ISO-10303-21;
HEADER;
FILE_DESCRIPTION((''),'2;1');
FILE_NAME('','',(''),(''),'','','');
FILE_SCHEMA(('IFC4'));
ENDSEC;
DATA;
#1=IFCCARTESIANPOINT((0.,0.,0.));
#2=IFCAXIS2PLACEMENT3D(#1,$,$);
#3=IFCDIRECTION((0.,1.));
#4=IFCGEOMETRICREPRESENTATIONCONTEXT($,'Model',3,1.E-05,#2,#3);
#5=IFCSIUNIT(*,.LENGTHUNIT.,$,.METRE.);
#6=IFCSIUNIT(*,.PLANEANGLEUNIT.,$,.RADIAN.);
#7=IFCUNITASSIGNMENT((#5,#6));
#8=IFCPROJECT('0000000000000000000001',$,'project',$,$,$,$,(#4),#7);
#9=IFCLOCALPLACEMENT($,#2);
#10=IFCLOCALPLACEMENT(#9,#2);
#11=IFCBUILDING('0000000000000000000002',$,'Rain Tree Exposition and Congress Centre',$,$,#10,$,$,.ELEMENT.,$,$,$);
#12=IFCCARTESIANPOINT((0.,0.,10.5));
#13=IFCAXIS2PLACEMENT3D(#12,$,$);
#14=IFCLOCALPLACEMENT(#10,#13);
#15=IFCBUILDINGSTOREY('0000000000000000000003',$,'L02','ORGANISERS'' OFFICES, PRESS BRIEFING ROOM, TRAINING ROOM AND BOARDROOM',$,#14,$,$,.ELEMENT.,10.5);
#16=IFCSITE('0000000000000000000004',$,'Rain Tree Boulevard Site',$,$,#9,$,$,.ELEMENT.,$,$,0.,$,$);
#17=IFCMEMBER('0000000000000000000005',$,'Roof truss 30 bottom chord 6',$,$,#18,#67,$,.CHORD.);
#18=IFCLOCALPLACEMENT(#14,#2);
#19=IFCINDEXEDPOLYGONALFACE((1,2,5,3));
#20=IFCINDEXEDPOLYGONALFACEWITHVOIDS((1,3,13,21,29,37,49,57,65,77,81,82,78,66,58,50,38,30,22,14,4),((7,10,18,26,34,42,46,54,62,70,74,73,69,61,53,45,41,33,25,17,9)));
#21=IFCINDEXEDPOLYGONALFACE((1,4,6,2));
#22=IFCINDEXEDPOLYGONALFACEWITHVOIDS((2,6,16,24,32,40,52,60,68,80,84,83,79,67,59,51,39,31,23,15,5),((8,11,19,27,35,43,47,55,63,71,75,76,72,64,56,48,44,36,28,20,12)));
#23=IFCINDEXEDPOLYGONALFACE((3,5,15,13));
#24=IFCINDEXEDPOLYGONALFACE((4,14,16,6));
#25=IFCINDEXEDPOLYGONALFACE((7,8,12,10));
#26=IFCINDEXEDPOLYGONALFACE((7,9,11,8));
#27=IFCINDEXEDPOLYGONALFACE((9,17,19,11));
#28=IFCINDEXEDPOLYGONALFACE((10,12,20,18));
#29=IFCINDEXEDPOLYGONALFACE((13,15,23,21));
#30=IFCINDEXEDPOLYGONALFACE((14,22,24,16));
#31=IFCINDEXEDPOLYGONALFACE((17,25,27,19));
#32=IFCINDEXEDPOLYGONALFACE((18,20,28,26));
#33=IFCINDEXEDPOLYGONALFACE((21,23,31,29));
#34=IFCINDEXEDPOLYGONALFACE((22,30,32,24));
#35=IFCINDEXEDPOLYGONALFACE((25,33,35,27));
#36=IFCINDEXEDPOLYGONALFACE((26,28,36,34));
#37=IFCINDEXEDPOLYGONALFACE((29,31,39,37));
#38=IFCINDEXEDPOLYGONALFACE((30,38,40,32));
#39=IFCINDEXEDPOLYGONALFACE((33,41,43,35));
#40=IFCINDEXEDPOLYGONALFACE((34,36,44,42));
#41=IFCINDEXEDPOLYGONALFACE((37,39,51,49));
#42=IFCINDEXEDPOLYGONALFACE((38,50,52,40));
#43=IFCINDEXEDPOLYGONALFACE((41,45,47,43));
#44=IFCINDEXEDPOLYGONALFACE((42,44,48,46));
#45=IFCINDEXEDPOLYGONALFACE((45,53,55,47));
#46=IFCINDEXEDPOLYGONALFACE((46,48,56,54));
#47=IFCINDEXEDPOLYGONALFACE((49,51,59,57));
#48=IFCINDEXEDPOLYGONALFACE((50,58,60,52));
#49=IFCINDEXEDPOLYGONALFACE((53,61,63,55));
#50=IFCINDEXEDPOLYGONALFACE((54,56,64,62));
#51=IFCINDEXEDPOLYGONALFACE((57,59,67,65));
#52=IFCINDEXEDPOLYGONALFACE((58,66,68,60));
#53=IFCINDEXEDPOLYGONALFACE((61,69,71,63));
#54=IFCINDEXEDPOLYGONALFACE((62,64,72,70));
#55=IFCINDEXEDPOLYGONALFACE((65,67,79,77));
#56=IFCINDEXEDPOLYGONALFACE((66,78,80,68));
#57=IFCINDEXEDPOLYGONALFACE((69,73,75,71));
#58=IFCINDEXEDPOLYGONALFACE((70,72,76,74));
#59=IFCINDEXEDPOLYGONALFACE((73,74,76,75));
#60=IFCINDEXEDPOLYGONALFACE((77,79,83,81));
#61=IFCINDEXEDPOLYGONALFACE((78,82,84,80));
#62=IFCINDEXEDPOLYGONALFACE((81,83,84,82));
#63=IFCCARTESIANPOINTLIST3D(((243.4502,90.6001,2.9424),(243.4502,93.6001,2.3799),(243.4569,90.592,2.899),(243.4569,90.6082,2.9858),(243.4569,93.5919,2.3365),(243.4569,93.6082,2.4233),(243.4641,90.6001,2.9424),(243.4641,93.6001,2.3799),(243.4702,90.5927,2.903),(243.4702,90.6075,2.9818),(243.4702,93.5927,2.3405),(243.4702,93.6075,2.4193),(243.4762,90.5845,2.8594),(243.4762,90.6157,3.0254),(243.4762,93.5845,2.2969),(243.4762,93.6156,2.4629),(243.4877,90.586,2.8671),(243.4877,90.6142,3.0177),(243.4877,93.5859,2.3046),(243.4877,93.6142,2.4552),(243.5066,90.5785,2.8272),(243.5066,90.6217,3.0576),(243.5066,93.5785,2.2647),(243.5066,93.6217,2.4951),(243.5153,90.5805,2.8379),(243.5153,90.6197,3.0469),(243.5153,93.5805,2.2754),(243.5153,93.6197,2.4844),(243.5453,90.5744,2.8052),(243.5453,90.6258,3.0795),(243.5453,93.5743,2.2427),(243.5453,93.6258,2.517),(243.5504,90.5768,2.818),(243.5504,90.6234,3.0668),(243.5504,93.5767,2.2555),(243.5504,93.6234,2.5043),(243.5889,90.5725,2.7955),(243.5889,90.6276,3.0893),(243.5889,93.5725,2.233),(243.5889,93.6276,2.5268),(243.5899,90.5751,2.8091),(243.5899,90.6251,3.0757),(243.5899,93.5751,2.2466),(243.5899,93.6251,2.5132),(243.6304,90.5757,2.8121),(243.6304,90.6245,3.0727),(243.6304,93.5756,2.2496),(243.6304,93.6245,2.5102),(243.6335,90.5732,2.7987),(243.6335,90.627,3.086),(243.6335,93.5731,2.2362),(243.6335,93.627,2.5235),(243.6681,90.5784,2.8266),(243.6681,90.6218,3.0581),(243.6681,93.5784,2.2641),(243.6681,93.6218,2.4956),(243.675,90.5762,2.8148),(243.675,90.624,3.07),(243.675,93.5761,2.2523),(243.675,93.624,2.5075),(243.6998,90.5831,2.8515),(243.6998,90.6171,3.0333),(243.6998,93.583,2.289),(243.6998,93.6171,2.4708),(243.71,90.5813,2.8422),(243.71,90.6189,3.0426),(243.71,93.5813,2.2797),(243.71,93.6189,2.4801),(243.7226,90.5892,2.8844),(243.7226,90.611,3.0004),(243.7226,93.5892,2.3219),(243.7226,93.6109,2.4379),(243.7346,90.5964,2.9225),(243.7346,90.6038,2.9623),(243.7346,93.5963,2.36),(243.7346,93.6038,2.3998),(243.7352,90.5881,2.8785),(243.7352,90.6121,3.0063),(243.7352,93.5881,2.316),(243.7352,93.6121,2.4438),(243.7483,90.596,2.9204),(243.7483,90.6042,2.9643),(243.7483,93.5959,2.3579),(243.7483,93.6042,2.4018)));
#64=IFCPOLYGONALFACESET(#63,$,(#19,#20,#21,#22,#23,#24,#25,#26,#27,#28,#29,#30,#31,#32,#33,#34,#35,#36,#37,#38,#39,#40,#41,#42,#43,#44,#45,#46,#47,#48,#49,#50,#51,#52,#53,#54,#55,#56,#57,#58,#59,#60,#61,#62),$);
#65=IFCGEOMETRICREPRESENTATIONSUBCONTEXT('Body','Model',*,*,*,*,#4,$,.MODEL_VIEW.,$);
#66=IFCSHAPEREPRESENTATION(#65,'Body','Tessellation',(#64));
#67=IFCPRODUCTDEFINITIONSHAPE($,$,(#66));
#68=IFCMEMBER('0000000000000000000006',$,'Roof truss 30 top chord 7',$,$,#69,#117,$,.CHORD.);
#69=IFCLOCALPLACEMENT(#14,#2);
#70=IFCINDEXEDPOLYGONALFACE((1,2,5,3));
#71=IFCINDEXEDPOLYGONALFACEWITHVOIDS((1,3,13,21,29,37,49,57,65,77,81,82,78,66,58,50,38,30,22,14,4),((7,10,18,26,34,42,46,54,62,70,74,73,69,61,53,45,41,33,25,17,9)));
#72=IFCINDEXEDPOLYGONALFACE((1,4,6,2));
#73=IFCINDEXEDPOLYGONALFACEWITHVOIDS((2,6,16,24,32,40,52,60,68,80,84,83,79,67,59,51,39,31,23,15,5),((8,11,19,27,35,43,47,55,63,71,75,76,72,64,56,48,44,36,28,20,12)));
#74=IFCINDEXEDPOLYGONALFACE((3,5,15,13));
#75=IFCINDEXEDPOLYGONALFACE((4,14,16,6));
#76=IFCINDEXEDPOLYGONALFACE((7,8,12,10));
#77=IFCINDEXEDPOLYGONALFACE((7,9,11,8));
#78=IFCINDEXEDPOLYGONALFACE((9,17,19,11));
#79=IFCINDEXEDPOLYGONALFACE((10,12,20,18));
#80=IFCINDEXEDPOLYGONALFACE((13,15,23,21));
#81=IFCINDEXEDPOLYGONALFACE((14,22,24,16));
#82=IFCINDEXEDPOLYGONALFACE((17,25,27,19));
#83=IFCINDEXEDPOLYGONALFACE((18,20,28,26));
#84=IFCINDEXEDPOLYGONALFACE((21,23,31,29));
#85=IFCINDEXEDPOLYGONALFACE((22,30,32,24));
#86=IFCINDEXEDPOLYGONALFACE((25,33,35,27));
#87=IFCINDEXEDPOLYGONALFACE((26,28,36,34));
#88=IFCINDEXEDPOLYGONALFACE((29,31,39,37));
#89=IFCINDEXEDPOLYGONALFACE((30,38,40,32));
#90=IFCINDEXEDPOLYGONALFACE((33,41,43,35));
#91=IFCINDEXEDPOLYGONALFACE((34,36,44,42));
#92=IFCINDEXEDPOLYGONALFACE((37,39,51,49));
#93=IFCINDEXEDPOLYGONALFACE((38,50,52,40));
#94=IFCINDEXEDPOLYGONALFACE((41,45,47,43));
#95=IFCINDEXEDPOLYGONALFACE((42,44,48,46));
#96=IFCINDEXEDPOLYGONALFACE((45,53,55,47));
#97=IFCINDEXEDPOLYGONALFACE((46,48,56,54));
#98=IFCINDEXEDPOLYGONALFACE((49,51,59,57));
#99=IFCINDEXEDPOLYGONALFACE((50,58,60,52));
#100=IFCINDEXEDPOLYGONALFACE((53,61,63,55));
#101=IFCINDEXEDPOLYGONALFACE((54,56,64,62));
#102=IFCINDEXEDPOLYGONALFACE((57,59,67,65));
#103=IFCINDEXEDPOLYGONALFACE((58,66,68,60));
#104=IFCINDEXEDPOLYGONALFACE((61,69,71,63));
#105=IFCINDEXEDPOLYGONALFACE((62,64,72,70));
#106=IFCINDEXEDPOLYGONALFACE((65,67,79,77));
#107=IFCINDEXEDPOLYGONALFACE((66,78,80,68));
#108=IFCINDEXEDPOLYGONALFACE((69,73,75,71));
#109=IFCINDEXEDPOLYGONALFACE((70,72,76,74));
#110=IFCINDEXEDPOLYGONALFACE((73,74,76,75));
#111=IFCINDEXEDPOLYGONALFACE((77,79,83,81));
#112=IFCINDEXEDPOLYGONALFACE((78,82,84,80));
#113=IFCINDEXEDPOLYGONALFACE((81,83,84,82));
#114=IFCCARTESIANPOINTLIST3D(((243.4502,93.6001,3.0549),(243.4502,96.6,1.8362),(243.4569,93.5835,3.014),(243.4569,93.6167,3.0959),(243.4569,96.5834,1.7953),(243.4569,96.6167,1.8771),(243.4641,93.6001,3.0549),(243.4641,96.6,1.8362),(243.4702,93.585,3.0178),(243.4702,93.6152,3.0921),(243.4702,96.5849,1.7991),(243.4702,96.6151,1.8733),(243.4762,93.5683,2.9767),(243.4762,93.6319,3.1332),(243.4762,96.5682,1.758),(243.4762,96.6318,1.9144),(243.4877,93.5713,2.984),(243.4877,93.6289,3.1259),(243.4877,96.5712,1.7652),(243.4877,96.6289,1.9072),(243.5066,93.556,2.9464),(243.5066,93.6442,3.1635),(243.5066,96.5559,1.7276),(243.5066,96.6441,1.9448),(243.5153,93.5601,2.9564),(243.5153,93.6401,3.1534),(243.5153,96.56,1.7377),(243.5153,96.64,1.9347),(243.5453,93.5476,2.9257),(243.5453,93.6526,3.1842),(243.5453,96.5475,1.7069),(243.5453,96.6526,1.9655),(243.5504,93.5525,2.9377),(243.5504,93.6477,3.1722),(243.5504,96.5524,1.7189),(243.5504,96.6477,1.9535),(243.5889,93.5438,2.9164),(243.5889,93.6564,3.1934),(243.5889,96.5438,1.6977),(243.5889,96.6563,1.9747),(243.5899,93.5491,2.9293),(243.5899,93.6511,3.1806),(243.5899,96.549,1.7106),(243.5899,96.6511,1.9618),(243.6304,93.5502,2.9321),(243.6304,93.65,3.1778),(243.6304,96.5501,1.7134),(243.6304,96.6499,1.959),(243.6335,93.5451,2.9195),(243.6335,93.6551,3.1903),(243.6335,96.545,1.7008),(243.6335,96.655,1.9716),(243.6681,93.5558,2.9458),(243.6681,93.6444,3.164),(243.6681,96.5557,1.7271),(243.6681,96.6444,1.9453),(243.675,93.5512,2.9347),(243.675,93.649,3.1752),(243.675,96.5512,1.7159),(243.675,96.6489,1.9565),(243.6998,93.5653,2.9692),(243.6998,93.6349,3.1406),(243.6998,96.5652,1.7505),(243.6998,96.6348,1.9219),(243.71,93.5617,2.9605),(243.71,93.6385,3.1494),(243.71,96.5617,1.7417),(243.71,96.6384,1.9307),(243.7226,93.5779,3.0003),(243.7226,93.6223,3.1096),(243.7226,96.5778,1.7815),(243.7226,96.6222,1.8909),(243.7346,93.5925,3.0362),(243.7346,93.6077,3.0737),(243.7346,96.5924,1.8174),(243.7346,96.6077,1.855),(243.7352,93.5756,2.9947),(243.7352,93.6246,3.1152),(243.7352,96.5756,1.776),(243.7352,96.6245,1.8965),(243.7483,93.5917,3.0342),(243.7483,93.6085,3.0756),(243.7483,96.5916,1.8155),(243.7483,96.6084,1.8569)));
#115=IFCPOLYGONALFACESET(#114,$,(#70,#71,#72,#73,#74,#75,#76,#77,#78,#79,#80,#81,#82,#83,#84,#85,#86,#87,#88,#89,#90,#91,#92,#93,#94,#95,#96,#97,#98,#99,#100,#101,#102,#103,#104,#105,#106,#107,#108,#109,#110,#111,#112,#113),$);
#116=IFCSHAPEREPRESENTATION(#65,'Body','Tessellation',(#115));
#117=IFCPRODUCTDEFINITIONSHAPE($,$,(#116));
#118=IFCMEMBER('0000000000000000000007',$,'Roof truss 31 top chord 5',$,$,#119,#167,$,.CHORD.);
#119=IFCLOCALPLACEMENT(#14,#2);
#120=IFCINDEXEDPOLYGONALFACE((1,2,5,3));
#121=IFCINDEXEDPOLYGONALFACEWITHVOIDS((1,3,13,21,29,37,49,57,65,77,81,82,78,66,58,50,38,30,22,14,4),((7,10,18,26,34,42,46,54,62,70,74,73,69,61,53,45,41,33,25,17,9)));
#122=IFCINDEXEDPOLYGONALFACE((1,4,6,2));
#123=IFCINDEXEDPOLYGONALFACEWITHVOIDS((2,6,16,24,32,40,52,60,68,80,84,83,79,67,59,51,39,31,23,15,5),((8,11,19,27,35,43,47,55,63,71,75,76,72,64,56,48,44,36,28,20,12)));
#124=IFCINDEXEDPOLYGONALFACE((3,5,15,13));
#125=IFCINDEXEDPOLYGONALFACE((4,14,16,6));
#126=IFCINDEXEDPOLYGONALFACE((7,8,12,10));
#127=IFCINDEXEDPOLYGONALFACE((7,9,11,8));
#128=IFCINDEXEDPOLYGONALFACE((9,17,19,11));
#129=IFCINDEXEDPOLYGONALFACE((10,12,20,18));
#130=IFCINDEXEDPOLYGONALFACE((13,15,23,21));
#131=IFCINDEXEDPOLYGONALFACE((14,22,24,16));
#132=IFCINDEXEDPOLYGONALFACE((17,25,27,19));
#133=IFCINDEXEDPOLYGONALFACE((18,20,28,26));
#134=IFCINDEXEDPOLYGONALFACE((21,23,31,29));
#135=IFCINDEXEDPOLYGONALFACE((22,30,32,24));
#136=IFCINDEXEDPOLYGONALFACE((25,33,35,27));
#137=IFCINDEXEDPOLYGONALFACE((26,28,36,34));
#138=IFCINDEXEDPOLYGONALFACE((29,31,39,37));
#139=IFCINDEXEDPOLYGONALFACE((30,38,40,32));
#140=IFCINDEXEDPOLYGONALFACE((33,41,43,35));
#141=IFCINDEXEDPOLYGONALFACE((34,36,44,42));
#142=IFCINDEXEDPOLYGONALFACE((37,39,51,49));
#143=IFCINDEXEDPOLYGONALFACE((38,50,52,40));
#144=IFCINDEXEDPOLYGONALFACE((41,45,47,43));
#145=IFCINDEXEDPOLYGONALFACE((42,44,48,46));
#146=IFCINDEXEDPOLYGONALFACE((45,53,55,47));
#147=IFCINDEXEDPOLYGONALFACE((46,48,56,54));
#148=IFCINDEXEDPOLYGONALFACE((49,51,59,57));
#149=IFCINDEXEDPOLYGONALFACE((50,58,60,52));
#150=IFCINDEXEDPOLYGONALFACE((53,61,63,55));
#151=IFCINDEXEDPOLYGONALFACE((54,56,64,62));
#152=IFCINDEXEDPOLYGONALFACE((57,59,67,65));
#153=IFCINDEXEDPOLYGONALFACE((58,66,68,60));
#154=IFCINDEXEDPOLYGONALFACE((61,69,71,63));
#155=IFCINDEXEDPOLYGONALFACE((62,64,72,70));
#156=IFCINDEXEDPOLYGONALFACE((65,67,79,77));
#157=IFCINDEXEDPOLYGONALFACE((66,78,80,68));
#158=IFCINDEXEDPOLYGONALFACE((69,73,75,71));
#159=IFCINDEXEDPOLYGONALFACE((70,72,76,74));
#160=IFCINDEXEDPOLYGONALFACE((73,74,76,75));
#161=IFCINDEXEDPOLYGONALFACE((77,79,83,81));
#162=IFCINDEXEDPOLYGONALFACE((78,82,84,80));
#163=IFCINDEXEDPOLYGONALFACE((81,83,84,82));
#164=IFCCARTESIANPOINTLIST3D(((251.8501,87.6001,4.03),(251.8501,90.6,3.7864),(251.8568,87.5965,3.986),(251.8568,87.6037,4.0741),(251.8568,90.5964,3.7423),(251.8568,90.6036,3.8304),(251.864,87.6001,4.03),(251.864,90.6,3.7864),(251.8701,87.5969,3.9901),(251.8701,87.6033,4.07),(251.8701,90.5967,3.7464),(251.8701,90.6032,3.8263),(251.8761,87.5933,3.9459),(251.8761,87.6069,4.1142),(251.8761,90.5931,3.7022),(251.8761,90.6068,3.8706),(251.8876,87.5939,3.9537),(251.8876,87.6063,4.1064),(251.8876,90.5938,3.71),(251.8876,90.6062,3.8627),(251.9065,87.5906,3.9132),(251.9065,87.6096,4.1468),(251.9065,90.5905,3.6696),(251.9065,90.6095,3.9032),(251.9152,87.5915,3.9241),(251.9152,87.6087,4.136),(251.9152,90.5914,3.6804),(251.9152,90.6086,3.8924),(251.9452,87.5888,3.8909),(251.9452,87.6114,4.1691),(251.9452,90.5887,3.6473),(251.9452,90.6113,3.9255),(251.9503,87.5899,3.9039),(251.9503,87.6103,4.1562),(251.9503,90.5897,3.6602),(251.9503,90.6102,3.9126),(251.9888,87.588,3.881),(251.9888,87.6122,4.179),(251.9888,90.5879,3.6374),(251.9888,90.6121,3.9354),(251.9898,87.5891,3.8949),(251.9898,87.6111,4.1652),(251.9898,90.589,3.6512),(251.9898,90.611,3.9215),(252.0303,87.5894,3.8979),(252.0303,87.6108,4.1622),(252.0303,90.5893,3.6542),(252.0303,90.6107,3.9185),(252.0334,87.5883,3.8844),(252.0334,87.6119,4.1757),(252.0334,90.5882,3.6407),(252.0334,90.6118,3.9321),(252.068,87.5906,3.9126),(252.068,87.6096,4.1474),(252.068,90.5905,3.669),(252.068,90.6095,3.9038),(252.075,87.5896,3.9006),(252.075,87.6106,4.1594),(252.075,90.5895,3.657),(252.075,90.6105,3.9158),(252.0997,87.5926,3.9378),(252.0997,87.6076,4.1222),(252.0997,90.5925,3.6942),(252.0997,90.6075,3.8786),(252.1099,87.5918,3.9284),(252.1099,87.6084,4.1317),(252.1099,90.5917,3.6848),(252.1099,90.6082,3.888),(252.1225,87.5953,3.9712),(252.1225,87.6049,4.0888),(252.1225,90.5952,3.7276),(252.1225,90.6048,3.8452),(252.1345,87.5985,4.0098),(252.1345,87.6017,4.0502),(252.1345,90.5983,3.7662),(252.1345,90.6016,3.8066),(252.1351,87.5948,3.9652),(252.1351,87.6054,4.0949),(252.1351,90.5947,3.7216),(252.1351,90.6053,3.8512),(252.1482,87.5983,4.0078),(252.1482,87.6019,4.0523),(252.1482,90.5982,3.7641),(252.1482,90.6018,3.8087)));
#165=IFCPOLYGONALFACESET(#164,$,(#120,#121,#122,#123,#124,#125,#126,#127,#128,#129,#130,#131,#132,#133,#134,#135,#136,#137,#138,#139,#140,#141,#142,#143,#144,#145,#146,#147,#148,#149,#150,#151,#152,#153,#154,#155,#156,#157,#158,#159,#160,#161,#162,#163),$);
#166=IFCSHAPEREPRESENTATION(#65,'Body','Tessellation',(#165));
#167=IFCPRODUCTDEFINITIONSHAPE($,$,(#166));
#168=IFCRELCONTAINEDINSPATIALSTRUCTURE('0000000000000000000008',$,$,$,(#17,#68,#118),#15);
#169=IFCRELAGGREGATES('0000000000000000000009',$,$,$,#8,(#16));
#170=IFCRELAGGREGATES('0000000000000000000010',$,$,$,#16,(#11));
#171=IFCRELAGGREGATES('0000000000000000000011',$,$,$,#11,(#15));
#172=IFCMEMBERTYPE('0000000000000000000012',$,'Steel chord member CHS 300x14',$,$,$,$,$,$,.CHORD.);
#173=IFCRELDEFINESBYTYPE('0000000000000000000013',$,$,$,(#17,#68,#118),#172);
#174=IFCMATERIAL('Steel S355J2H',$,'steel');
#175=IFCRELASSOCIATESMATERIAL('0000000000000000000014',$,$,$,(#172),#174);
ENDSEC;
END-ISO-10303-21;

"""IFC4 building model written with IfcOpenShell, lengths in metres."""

from ifc_helpers import new_model, si_unit, direction, frame, origin, origin_2d, place, context, subcontext, project, spatial, hollow_circle, extrude, material, material_profile, profile_set, type_object, element, save


model = new_model("IFC4")

# Units and contexts
model_context = context("Model", 3, precision=1e-05, world=origin(), true_north=direction((0.0, 1.0)))
body_context = subcontext(model_context, "Body", "Model", "MODEL_VIEW")
ifc_project = project(units=[si_unit("LENGTHUNIT", "METRE"), si_unit("PLANEANGLEUNIT", "RADIAN")], contexts=[model_context])

# Site, building, storey
site_placement = place(None, origin())
site = spatial("IfcSite", under=ifc_project, at=site_placement, Name="Rain Tree Boulevard Site", CompositionType="ELEMENT", RefElevation=0.0)
building_placement = place(site_placement, origin())
building = spatial("IfcBuilding", under=site, at=building_placement, Name="Rain Tree Exposition and Congress Centre", CompositionType="ELEMENT")
storey_placement = place(building_placement, frame((0.0, 0.0, 10.5)))
storey = spatial("IfcBuildingStorey", under=building, at=storey_placement, Name="L02", Description="ORGANISERS' OFFICES, PRESS BRIEFING ROOM, TRAINING ROOM AND BOARDROOM", CompositionType="ELEMENT", Elevation=10.5)

# Members
ifc_material_1 = material(Name="Steel S355J2H", Category="steel")
ifc_material_profile_1 = material_profile(ifc_material_1, hollow_circle(Radius=0.1499, WallThickness=0.0139, at=origin_2d()), Name="CHS 300x14")
ifc_profile_set_1 = profile_set([ifc_material_profile_1], Name="Steel S355J2H")
member_type_1 = type_object("IfcMemberType", Name="Steel chord member CHS 300x14", PredefinedType="CHORD", material=ifc_profile_set_1)
member_1_placement = place(storey_placement, frame((243.6001, 90.6001, 2.9424), z_axis=(0.0, 0.982872, -0.184289), x_axis=(-1.0, 0.0, 0.0)))
element("IfcMember", 1, at=member_1_placement, inside=storey, type_object=member_type_1, Name="Roof truss 30 bottom chord 6", PredefinedType="CHORD", context=body_context, shape_type="SweptSolid", body=[
    extrude(hollow_circle(Radius=0.1499, WallThickness=0.0139, at=origin_2d()), origin(), (0.0, 0.0, 1.0), 3.0522),
])
member_2_placement = place(storey_placement, frame((243.6001, 93.6001, 3.0549), z_axis=(0.0, 0.926467, -0.376377), x_axis=(-1.0, 0.0, 0.0)))
element("IfcMember", 2, at=member_2_placement, inside=storey, type_object=member_type_1, Name="Roof truss 30 top chord 7", PredefinedType="CHORD", context=body_context, shape_type="SweptSolid", body=[
    extrude(hollow_circle(Radius=0.1499, WallThickness=0.0139, at=origin_2d()), origin(), (0.0, 0.0, 1.0), 3.238),
])
member_3_placement = place(storey_placement, frame((252.0, 87.6001, 4.03), z_axis=(0.0, 0.996718, -0.080951), x_axis=(-1.0, 0.0, 0.0)))
element("IfcMember", 3, at=member_3_placement, inside=storey, type_object=member_type_1, Name="Roof truss 31 top chord 5", PredefinedType="CHORD", context=body_context, shape_type="SweptSolid", body=[
    extrude(hollow_circle(Radius=0.1499, WallThickness=0.0139, at=origin_2d()), origin(), (0.0, 0.0, 1.0), 3.0098),
])

save(model, "model.ifc")
